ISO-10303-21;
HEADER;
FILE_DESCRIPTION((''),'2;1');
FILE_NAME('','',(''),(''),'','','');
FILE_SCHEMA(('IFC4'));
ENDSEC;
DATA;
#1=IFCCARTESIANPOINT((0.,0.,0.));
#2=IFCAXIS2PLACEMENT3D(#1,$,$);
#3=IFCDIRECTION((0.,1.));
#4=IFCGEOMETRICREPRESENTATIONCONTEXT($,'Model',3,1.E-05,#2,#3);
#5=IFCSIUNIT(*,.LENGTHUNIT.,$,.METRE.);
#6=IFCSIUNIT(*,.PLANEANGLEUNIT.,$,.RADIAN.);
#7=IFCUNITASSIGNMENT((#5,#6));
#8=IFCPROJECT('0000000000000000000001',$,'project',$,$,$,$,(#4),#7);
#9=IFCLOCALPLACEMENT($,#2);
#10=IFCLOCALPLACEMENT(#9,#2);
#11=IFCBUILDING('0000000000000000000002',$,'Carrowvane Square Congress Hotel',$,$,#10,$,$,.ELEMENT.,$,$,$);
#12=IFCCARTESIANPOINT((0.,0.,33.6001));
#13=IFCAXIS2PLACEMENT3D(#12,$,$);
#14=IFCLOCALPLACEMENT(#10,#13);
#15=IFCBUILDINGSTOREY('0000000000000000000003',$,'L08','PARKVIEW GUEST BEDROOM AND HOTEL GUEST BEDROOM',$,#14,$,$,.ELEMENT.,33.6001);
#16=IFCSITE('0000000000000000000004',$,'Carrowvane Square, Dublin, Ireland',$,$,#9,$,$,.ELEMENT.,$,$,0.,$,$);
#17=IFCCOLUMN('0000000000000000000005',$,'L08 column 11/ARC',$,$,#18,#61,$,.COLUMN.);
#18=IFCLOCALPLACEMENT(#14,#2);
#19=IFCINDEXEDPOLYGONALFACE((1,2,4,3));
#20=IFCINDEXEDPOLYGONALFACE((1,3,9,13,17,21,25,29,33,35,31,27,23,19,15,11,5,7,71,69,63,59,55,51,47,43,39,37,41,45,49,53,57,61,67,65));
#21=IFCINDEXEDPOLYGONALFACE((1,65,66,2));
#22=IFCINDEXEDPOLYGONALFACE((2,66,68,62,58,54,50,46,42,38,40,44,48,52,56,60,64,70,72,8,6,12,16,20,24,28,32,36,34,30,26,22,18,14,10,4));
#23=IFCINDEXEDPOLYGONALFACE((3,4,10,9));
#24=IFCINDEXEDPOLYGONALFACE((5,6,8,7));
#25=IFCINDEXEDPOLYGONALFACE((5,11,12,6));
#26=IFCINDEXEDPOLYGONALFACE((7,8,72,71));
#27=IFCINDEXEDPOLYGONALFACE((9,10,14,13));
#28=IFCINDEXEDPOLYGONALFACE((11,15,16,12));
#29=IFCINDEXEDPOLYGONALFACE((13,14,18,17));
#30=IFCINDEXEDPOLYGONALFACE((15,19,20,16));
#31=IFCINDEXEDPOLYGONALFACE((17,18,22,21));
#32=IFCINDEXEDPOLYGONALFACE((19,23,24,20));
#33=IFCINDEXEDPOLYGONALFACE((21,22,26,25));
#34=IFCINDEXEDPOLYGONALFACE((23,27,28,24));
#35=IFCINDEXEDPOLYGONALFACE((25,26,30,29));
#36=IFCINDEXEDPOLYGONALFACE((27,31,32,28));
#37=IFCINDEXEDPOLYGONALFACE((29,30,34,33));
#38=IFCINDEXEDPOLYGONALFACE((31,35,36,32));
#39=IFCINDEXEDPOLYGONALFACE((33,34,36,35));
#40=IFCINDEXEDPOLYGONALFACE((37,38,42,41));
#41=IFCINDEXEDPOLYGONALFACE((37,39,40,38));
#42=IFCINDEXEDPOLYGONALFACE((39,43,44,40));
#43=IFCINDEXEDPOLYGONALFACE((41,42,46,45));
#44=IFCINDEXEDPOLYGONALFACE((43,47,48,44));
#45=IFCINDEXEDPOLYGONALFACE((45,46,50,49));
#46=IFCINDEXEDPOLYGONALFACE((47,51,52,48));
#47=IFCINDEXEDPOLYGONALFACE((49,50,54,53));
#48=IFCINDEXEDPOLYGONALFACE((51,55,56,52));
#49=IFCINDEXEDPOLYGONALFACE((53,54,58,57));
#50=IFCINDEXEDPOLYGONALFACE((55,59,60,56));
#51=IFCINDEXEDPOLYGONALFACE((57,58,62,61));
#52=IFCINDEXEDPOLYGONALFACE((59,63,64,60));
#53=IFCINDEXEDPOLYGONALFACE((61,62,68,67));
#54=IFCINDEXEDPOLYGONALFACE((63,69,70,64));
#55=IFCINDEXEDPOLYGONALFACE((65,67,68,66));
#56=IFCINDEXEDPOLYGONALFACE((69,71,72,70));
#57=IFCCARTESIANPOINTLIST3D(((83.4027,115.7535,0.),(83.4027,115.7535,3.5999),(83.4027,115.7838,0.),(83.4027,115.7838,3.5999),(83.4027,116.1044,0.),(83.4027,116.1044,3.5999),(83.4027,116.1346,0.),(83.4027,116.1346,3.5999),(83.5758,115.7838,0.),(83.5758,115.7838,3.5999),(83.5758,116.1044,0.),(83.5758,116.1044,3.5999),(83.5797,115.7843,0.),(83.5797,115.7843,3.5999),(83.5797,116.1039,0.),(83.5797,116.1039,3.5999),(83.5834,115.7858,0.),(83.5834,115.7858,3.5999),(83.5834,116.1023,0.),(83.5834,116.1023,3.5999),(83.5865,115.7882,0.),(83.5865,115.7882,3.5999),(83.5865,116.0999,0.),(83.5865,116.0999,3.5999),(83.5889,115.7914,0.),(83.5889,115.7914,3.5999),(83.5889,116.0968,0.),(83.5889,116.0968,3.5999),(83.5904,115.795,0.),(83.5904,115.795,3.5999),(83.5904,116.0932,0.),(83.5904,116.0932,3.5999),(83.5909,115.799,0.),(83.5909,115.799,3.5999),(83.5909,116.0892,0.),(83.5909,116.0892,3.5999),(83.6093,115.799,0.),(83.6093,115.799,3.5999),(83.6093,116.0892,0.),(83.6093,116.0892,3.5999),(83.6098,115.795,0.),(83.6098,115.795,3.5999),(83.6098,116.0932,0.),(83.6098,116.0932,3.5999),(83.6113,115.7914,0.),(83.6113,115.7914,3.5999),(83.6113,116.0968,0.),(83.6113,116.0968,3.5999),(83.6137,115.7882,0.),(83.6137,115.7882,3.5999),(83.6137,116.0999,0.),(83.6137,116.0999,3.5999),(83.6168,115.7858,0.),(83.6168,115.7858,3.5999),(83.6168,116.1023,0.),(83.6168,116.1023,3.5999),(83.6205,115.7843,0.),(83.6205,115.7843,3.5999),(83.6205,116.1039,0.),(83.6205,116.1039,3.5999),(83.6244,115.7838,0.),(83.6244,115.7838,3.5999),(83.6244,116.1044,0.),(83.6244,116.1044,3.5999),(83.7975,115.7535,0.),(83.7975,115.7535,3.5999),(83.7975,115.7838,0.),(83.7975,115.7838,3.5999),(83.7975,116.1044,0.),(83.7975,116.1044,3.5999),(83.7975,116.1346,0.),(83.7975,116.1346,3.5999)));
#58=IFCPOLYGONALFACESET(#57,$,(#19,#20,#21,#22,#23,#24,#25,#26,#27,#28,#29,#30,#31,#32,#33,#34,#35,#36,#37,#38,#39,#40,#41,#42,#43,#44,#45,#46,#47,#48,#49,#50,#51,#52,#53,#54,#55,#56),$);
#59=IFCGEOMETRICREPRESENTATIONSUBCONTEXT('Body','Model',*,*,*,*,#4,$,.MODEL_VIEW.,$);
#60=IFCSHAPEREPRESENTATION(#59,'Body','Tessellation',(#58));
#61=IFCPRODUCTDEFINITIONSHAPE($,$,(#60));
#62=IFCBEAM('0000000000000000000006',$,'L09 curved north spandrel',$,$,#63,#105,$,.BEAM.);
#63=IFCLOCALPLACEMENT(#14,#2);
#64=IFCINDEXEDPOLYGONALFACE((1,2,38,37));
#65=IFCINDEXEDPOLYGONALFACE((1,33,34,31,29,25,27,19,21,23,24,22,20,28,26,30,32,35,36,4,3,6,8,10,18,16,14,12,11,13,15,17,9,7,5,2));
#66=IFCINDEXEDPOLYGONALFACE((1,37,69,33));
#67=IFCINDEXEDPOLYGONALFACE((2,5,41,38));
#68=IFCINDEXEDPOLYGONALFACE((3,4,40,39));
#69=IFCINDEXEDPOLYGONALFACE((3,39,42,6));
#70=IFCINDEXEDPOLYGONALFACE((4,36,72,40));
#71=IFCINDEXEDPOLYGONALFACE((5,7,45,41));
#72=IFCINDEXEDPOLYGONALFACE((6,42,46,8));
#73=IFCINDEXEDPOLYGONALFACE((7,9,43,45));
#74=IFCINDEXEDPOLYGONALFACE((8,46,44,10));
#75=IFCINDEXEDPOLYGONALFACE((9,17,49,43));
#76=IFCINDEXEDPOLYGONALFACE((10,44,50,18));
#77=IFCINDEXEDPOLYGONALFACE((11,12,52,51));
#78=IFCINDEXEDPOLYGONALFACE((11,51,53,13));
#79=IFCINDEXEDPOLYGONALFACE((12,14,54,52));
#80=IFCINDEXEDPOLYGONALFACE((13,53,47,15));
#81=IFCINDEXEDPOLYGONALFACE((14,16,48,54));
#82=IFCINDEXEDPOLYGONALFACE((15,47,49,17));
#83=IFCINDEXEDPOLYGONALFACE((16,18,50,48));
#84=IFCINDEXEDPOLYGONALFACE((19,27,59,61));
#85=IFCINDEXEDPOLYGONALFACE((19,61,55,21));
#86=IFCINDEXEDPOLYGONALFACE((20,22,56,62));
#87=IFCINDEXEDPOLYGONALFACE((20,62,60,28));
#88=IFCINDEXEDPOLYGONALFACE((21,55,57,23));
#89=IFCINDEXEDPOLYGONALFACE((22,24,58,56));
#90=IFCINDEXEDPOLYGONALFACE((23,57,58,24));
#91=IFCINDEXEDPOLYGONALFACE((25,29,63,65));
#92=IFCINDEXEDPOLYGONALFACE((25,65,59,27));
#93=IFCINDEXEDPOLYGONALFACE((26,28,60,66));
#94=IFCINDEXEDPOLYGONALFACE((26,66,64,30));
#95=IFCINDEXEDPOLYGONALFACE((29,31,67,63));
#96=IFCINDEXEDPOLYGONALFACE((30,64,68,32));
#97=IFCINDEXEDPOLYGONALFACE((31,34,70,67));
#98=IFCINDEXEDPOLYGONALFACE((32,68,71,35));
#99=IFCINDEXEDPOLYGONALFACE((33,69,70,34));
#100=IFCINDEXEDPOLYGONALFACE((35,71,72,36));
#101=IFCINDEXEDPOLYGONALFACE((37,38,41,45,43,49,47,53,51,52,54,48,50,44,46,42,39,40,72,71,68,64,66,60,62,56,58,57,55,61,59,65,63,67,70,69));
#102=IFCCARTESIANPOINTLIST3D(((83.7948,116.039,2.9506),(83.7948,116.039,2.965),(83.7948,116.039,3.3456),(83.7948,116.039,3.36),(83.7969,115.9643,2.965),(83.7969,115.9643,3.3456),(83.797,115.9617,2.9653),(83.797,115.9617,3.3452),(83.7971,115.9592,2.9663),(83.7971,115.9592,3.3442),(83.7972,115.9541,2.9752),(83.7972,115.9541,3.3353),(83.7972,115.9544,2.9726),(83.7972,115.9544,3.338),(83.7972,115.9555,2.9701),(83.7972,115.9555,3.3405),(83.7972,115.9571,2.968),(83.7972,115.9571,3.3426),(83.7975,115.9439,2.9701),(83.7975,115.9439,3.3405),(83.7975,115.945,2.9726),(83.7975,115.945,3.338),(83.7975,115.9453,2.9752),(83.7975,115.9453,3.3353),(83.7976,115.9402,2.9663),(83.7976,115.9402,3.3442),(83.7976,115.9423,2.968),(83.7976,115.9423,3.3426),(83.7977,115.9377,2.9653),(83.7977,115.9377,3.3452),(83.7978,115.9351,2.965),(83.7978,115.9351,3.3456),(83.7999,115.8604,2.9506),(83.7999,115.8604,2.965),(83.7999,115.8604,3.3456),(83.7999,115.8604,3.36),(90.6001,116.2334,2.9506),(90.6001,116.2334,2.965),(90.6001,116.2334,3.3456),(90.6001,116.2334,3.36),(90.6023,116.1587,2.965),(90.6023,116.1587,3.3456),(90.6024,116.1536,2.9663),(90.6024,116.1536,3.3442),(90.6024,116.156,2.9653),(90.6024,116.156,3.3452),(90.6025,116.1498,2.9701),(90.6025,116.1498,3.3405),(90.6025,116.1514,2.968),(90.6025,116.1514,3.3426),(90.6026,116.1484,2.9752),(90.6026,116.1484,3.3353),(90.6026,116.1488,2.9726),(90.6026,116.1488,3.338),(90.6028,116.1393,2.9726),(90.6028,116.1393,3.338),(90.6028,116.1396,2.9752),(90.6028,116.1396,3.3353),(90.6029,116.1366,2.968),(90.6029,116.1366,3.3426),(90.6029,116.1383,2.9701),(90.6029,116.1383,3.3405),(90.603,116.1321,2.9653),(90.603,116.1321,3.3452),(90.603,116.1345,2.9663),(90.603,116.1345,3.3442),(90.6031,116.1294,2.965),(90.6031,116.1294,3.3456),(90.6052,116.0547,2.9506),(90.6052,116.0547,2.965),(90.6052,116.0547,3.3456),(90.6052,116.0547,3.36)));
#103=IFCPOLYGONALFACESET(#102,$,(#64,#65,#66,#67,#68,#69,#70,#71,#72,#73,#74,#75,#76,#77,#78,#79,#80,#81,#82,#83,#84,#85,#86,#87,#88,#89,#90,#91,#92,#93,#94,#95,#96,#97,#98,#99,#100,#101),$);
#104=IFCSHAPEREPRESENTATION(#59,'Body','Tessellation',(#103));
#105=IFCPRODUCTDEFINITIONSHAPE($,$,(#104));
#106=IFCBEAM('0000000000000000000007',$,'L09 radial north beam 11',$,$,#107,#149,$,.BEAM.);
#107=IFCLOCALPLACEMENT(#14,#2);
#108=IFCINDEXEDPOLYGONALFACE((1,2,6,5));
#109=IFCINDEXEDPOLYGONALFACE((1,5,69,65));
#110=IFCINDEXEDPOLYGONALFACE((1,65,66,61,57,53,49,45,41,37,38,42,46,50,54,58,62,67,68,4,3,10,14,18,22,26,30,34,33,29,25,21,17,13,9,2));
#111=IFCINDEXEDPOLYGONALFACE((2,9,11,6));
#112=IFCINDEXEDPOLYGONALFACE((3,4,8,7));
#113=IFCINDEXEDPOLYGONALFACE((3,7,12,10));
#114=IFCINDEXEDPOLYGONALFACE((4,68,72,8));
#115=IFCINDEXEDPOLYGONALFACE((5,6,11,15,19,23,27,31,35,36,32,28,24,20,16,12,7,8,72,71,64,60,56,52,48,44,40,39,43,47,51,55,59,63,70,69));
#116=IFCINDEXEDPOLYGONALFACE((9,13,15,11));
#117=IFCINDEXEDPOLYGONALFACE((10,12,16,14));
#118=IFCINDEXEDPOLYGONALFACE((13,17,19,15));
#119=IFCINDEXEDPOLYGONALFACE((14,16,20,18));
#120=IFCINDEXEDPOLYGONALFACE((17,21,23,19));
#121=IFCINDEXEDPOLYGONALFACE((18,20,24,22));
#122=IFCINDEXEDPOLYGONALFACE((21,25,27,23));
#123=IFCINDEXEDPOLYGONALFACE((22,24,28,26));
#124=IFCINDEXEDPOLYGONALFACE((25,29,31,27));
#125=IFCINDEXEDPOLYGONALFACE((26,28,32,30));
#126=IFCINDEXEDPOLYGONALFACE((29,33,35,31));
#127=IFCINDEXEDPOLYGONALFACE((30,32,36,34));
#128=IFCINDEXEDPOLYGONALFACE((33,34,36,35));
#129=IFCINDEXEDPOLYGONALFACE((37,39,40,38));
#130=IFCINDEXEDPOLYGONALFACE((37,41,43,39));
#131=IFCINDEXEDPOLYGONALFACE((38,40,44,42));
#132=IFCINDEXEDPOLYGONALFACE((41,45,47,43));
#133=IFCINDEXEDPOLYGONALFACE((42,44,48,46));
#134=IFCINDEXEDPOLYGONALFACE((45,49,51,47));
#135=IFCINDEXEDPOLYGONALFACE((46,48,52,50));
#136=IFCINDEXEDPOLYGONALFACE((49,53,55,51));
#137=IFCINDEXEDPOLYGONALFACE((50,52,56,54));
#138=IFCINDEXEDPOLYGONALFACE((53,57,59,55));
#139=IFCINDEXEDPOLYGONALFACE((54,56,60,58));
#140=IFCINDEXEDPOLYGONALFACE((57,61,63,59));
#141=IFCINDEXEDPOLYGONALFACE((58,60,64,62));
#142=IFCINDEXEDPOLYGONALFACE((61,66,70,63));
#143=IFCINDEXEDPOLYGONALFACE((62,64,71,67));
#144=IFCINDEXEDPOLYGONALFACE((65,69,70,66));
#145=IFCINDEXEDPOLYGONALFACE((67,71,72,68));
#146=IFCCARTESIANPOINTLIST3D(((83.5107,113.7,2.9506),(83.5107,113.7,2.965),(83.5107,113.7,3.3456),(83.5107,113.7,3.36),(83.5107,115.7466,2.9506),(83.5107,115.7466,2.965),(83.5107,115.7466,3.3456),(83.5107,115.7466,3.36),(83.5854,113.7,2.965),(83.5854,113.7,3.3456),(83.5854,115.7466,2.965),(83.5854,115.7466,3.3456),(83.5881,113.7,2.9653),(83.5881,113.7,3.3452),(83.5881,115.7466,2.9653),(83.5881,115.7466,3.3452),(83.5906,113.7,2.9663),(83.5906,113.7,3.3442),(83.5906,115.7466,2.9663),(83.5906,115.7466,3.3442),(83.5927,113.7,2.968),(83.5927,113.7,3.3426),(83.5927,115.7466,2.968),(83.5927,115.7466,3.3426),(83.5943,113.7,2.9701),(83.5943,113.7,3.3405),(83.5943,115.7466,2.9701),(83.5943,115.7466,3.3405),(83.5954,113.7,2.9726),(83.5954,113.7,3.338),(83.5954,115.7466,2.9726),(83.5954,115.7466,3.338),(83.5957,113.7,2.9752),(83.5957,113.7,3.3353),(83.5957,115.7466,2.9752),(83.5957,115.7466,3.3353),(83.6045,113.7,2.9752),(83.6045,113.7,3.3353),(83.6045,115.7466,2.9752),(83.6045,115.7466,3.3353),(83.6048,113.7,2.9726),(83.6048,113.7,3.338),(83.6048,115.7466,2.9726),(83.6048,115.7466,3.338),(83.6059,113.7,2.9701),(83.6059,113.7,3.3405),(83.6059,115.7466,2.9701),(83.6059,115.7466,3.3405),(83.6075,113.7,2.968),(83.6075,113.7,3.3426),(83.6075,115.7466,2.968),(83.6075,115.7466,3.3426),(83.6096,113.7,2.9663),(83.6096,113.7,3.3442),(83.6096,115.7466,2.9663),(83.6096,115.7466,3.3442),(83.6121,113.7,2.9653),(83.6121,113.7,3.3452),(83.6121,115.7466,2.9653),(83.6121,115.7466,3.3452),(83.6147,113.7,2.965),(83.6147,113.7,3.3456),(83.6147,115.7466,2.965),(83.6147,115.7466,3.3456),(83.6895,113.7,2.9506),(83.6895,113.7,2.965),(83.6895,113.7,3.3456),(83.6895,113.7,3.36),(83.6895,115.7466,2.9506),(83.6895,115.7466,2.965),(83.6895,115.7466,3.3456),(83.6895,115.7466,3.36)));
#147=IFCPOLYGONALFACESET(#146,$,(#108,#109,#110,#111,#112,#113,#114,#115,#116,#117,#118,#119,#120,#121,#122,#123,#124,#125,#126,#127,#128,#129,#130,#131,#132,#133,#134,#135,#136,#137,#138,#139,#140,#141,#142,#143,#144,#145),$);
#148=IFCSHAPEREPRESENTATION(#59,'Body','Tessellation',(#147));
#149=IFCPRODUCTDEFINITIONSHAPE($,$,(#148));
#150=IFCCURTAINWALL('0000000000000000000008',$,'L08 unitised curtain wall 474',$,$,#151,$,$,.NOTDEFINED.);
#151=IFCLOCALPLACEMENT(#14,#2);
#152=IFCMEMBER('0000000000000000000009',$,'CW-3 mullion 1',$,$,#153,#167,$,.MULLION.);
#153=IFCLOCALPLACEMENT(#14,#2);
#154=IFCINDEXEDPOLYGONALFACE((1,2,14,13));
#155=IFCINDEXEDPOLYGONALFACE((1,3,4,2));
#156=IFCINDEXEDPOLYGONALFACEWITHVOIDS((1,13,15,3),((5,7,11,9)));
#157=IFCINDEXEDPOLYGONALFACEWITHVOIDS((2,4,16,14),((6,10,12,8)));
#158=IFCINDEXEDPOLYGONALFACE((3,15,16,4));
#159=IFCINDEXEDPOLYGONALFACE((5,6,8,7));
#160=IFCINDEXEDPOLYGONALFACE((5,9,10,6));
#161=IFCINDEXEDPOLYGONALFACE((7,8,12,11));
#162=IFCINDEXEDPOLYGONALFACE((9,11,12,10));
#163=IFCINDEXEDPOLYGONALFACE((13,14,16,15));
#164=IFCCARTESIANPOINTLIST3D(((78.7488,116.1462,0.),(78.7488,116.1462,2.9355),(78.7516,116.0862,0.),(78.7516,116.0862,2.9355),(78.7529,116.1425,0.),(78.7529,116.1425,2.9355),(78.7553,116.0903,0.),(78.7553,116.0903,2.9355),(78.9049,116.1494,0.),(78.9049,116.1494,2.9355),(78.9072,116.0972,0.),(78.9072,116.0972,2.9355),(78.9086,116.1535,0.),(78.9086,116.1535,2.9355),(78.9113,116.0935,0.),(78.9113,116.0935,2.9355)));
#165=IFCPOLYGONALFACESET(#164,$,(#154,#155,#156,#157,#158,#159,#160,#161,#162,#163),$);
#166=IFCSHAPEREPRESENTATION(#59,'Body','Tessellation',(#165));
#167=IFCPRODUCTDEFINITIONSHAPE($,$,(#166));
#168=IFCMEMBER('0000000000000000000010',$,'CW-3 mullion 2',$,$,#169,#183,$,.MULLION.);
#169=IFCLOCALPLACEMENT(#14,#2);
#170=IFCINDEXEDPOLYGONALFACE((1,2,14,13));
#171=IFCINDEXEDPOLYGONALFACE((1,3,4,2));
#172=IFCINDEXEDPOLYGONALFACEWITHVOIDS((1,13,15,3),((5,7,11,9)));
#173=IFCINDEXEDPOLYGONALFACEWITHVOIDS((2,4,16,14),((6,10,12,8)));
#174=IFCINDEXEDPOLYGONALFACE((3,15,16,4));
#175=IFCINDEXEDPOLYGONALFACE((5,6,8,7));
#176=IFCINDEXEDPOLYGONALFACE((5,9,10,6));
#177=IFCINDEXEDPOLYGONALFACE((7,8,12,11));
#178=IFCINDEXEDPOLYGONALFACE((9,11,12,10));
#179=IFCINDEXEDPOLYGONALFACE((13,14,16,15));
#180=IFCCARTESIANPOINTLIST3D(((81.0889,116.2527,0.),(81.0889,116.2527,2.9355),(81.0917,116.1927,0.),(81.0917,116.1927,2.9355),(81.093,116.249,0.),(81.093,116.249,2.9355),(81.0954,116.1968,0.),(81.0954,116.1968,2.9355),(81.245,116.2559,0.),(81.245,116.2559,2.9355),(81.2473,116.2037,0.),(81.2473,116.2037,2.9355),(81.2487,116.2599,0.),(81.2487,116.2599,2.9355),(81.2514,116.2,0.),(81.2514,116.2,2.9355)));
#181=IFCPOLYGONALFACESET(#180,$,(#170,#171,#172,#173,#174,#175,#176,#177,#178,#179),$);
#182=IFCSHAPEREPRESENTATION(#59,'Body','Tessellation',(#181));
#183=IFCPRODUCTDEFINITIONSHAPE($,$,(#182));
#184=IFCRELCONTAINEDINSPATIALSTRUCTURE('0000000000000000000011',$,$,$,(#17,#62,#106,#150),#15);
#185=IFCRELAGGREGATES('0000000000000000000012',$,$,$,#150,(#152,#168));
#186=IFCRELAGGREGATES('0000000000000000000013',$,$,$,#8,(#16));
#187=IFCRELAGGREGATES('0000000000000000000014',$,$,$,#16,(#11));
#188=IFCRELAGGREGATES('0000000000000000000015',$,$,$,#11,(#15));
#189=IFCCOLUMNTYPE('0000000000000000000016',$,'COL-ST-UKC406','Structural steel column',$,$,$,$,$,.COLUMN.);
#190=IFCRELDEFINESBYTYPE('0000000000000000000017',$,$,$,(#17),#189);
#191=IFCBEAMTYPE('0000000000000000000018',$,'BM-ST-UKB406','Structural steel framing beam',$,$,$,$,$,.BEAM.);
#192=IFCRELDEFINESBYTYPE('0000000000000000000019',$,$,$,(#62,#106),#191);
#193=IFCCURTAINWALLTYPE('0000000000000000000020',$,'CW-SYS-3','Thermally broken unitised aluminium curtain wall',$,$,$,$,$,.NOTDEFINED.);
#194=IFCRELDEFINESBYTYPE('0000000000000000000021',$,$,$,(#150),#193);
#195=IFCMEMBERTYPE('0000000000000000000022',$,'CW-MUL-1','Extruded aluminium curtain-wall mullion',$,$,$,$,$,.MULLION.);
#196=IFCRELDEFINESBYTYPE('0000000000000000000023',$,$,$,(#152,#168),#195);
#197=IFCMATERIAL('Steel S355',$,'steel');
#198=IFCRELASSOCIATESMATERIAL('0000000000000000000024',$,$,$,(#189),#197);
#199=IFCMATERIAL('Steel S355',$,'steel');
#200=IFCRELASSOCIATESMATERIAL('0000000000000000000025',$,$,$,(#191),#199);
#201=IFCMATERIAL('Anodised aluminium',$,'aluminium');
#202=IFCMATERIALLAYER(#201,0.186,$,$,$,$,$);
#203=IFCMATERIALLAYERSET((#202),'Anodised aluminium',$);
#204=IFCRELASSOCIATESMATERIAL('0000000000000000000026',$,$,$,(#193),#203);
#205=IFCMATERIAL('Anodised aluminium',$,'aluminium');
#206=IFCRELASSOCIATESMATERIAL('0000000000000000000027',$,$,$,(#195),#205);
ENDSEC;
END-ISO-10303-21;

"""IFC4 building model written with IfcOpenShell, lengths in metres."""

from ifc_helpers import new_model, si_unit, direction, frame, origin, origin_2d, place, context, subcontext, project, spatial, hollow_rectangle, i_section, extrude, material, layer, layer_set, material_profile, profile_set, type_object, element, aggregate, save


model = new_model("IFC4")

# Units and contexts
model_context = context("Model", 3, precision=1e-05, world=origin(), true_north=direction((0.0, 1.0)))
body_context = subcontext(model_context, "Body", "Model", "MODEL_VIEW")
ifc_project = project(units=[si_unit("LENGTHUNIT", "METRE"), si_unit("PLANEANGLEUNIT", "RADIAN")], contexts=[model_context])

# Site, building, storey
site_placement = place(None, origin())
site = spatial("IfcSite", under=ifc_project, at=site_placement, Name="Carrowvane Square, Dublin, Ireland", CompositionType="ELEMENT", RefElevation=0.0)
building_placement = place(site_placement, origin())
building = spatial("IfcBuilding", under=site, at=building_placement, Name="Carrowvane Square Congress Hotel", CompositionType="ELEMENT")
storey_placement = place(building_placement, frame((0.0, 0.0, 33.6001)))
storey = spatial("IfcBuildingStorey", under=building, at=storey_placement, Name="L08", Description="PARKVIEW GUEST BEDROOM AND HOTEL GUEST BEDROOM", CompositionType="ELEMENT", Elevation=33.6001)

# Column
ifc_material_1 = material(Name="Steel S355", Category="steel")
ifc_material_profile_1 = material_profile(ifc_material_1, i_section(OverallWidth=0.3948, OverallDepth=0.3811, WebThickness=0.0183, FlangeThickness=0.0303, FilletRadius=0.0151, at=origin_2d()), Name="UKC 356x406x235")
ifc_profile_set_1 = profile_set([ifc_material_profile_1], Name="Steel S355")
column_type = type_object("IfcColumnType", Name="COL-ST-UKC406", Description="Structural steel column", PredefinedType="COLUMN", material=ifc_profile_set_1)
column_placement = place(storey_placement, frame((83.6001, 115.9441, 0.0), z_axis=(0.0, 0.0, 1.0), x_axis=(1.0, 0.0, 0.0)))
element("IfcColumn", 1, at=column_placement, inside=storey, type_object=column_type, Name="L08 column 11/ARC", PredefinedType="COLUMN", context=body_context, shape_type="SweptSolid", body=[
    extrude(i_section(OverallWidth=0.3948, OverallDepth=0.3811, WebThickness=0.0183, FlangeThickness=0.0303, FilletRadius=0.0151, at=origin_2d()), origin(), (0.0, 0.0, 1.0), 3.5999),
])

# Beams
ifc_material_2 = material(Name="Steel S355", Category="steel")
ifc_material_profile_2 = material_profile(ifc_material_2, i_section(OverallWidth=0.1787, OverallDepth=0.4094, WebThickness=0.0088, FlangeThickness=0.0144, FilletRadius=0.0103, at=origin_2d()), Name="UKB 406x178x67")
ifc_profile_set_2 = profile_set([ifc_material_profile_2], Name="Steel S355")
beam_type = type_object("IfcBeamType", Name="BM-ST-UKB406", Description="Structural steel framing beam", PredefinedType="BEAM", material=ifc_profile_set_2)
beam_1_placement = place(storey_placement, frame((83.7974, 115.9497, 3.1553), z_axis=(0.999593, 0.028544, 0.0), x_axis=(-0.028544, 0.999593, 0.0)))
element("IfcBeam", 2, at=beam_1_placement, inside=storey, type_object=beam_type, Name="L09 curved north spandrel", PredefinedType="BEAM", context=body_context, shape_type="SweptSolid", body=[
    extrude(i_section(OverallWidth=0.1787, OverallDepth=0.4094, WebThickness=0.0088, FlangeThickness=0.0144, FilletRadius=0.0103, at=origin_2d()), origin(), (0.0, 0.0, 1.0), 6.8081),
])
beam_2_placement = place(storey_placement, frame((83.6001, 113.7, 3.1553), z_axis=(0.0, 1.0, 0.0), x_axis=(-1.0, 0.0, 0.0)))
element("IfcBeam", 3, at=beam_2_placement, inside=storey, type_object=beam_type, Name="L09 radial north beam 11", PredefinedType="BEAM", context=body_context, shape_type="SweptSolid", body=[
    extrude(i_section(OverallWidth=0.1787, OverallDepth=0.4094, WebThickness=0.0088, FlangeThickness=0.0144, FilletRadius=0.0103, at=origin_2d()), origin(), (0.0, 0.0, 1.0), 2.0466),
])

# Curtain wall, members
ifc_material_3 = material(Name="Anodised aluminium", Category="aluminium")
ifc_layer_1 = layer(ifc_material_3, 0.186)
ifc_layer_set_1 = layer_set([ifc_layer_1], Name="Anodised aluminium")
curtain_wall_type_1 = type_object("IfcCurtainWallType", Name="CW-SYS-3", Description="Thermally broken unitised aluminium curtain wall", PredefinedType="NOTDEFINED", material=ifc_layer_set_1)
curtain_wall_1_placement = place(storey_placement, origin())
curtain_wall_1 = element("IfcCurtainWall", 4, at=curtain_wall_1_placement, inside=storey, type_object=curtain_wall_type_1, Name="L08 unitised curtain wall 474", PredefinedType="NOTDEFINED")
ifc_material_4 = material(Name="Anodised aluminium", Category="aluminium")
ifc_material_profile_3 = material_profile(ifc_material_4, hollow_rectangle(XDim=0.0601, YDim=0.1599, WallThickness=0.0039, at=origin_2d()), Name="CW-ML 60x160x4")
ifc_profile_set_3 = profile_set([ifc_material_profile_3], Name="Anodised aluminium")
member_type_1 = type_object("IfcMemberType", Name="CW-MUL-1", Description="Extruded aluminium curtain-wall mullion", PredefinedType="MULLION", material=ifc_profile_set_3)
member_1_placement = place(storey_placement, frame((78.8301, 116.1199, 0.0), z_axis=(0.0, 0.0, 1.0), x_axis=(-0.045411, 0.998968, 0.0)))
member_1 = element("IfcMember", 5, at=member_1_placement, type_object=member_type_1, Name="CW-3 mullion 1", PredefinedType="MULLION", context=body_context, shape_type="SweptSolid", body=[
    extrude(hollow_rectangle(XDim=0.0601, YDim=0.1599, WallThickness=0.0039, at=origin_2d()), origin(), (0.0, 0.0, 1.0), 2.9355),
])
member_2_placement = place(storey_placement, frame((81.1702, 116.2263, 0.0), z_axis=(0.0, 0.0, 1.0), x_axis=(-0.045411, 0.998968, 0.0)))
member_2 = element("IfcMember", 6, at=member_2_placement, type_object=member_type_1, Name="CW-3 mullion 2", PredefinedType="MULLION", context=body_context, shape_type="SweptSolid", body=[
    extrude(hollow_rectangle(XDim=0.0601, YDim=0.1599, WallThickness=0.0039, at=origin_2d()), origin(), (0.0, 0.0, 1.0), 2.9355),
])

aggregate(curtain_wall_1, [member_1, member_2])

save(model, "model.ifc")
